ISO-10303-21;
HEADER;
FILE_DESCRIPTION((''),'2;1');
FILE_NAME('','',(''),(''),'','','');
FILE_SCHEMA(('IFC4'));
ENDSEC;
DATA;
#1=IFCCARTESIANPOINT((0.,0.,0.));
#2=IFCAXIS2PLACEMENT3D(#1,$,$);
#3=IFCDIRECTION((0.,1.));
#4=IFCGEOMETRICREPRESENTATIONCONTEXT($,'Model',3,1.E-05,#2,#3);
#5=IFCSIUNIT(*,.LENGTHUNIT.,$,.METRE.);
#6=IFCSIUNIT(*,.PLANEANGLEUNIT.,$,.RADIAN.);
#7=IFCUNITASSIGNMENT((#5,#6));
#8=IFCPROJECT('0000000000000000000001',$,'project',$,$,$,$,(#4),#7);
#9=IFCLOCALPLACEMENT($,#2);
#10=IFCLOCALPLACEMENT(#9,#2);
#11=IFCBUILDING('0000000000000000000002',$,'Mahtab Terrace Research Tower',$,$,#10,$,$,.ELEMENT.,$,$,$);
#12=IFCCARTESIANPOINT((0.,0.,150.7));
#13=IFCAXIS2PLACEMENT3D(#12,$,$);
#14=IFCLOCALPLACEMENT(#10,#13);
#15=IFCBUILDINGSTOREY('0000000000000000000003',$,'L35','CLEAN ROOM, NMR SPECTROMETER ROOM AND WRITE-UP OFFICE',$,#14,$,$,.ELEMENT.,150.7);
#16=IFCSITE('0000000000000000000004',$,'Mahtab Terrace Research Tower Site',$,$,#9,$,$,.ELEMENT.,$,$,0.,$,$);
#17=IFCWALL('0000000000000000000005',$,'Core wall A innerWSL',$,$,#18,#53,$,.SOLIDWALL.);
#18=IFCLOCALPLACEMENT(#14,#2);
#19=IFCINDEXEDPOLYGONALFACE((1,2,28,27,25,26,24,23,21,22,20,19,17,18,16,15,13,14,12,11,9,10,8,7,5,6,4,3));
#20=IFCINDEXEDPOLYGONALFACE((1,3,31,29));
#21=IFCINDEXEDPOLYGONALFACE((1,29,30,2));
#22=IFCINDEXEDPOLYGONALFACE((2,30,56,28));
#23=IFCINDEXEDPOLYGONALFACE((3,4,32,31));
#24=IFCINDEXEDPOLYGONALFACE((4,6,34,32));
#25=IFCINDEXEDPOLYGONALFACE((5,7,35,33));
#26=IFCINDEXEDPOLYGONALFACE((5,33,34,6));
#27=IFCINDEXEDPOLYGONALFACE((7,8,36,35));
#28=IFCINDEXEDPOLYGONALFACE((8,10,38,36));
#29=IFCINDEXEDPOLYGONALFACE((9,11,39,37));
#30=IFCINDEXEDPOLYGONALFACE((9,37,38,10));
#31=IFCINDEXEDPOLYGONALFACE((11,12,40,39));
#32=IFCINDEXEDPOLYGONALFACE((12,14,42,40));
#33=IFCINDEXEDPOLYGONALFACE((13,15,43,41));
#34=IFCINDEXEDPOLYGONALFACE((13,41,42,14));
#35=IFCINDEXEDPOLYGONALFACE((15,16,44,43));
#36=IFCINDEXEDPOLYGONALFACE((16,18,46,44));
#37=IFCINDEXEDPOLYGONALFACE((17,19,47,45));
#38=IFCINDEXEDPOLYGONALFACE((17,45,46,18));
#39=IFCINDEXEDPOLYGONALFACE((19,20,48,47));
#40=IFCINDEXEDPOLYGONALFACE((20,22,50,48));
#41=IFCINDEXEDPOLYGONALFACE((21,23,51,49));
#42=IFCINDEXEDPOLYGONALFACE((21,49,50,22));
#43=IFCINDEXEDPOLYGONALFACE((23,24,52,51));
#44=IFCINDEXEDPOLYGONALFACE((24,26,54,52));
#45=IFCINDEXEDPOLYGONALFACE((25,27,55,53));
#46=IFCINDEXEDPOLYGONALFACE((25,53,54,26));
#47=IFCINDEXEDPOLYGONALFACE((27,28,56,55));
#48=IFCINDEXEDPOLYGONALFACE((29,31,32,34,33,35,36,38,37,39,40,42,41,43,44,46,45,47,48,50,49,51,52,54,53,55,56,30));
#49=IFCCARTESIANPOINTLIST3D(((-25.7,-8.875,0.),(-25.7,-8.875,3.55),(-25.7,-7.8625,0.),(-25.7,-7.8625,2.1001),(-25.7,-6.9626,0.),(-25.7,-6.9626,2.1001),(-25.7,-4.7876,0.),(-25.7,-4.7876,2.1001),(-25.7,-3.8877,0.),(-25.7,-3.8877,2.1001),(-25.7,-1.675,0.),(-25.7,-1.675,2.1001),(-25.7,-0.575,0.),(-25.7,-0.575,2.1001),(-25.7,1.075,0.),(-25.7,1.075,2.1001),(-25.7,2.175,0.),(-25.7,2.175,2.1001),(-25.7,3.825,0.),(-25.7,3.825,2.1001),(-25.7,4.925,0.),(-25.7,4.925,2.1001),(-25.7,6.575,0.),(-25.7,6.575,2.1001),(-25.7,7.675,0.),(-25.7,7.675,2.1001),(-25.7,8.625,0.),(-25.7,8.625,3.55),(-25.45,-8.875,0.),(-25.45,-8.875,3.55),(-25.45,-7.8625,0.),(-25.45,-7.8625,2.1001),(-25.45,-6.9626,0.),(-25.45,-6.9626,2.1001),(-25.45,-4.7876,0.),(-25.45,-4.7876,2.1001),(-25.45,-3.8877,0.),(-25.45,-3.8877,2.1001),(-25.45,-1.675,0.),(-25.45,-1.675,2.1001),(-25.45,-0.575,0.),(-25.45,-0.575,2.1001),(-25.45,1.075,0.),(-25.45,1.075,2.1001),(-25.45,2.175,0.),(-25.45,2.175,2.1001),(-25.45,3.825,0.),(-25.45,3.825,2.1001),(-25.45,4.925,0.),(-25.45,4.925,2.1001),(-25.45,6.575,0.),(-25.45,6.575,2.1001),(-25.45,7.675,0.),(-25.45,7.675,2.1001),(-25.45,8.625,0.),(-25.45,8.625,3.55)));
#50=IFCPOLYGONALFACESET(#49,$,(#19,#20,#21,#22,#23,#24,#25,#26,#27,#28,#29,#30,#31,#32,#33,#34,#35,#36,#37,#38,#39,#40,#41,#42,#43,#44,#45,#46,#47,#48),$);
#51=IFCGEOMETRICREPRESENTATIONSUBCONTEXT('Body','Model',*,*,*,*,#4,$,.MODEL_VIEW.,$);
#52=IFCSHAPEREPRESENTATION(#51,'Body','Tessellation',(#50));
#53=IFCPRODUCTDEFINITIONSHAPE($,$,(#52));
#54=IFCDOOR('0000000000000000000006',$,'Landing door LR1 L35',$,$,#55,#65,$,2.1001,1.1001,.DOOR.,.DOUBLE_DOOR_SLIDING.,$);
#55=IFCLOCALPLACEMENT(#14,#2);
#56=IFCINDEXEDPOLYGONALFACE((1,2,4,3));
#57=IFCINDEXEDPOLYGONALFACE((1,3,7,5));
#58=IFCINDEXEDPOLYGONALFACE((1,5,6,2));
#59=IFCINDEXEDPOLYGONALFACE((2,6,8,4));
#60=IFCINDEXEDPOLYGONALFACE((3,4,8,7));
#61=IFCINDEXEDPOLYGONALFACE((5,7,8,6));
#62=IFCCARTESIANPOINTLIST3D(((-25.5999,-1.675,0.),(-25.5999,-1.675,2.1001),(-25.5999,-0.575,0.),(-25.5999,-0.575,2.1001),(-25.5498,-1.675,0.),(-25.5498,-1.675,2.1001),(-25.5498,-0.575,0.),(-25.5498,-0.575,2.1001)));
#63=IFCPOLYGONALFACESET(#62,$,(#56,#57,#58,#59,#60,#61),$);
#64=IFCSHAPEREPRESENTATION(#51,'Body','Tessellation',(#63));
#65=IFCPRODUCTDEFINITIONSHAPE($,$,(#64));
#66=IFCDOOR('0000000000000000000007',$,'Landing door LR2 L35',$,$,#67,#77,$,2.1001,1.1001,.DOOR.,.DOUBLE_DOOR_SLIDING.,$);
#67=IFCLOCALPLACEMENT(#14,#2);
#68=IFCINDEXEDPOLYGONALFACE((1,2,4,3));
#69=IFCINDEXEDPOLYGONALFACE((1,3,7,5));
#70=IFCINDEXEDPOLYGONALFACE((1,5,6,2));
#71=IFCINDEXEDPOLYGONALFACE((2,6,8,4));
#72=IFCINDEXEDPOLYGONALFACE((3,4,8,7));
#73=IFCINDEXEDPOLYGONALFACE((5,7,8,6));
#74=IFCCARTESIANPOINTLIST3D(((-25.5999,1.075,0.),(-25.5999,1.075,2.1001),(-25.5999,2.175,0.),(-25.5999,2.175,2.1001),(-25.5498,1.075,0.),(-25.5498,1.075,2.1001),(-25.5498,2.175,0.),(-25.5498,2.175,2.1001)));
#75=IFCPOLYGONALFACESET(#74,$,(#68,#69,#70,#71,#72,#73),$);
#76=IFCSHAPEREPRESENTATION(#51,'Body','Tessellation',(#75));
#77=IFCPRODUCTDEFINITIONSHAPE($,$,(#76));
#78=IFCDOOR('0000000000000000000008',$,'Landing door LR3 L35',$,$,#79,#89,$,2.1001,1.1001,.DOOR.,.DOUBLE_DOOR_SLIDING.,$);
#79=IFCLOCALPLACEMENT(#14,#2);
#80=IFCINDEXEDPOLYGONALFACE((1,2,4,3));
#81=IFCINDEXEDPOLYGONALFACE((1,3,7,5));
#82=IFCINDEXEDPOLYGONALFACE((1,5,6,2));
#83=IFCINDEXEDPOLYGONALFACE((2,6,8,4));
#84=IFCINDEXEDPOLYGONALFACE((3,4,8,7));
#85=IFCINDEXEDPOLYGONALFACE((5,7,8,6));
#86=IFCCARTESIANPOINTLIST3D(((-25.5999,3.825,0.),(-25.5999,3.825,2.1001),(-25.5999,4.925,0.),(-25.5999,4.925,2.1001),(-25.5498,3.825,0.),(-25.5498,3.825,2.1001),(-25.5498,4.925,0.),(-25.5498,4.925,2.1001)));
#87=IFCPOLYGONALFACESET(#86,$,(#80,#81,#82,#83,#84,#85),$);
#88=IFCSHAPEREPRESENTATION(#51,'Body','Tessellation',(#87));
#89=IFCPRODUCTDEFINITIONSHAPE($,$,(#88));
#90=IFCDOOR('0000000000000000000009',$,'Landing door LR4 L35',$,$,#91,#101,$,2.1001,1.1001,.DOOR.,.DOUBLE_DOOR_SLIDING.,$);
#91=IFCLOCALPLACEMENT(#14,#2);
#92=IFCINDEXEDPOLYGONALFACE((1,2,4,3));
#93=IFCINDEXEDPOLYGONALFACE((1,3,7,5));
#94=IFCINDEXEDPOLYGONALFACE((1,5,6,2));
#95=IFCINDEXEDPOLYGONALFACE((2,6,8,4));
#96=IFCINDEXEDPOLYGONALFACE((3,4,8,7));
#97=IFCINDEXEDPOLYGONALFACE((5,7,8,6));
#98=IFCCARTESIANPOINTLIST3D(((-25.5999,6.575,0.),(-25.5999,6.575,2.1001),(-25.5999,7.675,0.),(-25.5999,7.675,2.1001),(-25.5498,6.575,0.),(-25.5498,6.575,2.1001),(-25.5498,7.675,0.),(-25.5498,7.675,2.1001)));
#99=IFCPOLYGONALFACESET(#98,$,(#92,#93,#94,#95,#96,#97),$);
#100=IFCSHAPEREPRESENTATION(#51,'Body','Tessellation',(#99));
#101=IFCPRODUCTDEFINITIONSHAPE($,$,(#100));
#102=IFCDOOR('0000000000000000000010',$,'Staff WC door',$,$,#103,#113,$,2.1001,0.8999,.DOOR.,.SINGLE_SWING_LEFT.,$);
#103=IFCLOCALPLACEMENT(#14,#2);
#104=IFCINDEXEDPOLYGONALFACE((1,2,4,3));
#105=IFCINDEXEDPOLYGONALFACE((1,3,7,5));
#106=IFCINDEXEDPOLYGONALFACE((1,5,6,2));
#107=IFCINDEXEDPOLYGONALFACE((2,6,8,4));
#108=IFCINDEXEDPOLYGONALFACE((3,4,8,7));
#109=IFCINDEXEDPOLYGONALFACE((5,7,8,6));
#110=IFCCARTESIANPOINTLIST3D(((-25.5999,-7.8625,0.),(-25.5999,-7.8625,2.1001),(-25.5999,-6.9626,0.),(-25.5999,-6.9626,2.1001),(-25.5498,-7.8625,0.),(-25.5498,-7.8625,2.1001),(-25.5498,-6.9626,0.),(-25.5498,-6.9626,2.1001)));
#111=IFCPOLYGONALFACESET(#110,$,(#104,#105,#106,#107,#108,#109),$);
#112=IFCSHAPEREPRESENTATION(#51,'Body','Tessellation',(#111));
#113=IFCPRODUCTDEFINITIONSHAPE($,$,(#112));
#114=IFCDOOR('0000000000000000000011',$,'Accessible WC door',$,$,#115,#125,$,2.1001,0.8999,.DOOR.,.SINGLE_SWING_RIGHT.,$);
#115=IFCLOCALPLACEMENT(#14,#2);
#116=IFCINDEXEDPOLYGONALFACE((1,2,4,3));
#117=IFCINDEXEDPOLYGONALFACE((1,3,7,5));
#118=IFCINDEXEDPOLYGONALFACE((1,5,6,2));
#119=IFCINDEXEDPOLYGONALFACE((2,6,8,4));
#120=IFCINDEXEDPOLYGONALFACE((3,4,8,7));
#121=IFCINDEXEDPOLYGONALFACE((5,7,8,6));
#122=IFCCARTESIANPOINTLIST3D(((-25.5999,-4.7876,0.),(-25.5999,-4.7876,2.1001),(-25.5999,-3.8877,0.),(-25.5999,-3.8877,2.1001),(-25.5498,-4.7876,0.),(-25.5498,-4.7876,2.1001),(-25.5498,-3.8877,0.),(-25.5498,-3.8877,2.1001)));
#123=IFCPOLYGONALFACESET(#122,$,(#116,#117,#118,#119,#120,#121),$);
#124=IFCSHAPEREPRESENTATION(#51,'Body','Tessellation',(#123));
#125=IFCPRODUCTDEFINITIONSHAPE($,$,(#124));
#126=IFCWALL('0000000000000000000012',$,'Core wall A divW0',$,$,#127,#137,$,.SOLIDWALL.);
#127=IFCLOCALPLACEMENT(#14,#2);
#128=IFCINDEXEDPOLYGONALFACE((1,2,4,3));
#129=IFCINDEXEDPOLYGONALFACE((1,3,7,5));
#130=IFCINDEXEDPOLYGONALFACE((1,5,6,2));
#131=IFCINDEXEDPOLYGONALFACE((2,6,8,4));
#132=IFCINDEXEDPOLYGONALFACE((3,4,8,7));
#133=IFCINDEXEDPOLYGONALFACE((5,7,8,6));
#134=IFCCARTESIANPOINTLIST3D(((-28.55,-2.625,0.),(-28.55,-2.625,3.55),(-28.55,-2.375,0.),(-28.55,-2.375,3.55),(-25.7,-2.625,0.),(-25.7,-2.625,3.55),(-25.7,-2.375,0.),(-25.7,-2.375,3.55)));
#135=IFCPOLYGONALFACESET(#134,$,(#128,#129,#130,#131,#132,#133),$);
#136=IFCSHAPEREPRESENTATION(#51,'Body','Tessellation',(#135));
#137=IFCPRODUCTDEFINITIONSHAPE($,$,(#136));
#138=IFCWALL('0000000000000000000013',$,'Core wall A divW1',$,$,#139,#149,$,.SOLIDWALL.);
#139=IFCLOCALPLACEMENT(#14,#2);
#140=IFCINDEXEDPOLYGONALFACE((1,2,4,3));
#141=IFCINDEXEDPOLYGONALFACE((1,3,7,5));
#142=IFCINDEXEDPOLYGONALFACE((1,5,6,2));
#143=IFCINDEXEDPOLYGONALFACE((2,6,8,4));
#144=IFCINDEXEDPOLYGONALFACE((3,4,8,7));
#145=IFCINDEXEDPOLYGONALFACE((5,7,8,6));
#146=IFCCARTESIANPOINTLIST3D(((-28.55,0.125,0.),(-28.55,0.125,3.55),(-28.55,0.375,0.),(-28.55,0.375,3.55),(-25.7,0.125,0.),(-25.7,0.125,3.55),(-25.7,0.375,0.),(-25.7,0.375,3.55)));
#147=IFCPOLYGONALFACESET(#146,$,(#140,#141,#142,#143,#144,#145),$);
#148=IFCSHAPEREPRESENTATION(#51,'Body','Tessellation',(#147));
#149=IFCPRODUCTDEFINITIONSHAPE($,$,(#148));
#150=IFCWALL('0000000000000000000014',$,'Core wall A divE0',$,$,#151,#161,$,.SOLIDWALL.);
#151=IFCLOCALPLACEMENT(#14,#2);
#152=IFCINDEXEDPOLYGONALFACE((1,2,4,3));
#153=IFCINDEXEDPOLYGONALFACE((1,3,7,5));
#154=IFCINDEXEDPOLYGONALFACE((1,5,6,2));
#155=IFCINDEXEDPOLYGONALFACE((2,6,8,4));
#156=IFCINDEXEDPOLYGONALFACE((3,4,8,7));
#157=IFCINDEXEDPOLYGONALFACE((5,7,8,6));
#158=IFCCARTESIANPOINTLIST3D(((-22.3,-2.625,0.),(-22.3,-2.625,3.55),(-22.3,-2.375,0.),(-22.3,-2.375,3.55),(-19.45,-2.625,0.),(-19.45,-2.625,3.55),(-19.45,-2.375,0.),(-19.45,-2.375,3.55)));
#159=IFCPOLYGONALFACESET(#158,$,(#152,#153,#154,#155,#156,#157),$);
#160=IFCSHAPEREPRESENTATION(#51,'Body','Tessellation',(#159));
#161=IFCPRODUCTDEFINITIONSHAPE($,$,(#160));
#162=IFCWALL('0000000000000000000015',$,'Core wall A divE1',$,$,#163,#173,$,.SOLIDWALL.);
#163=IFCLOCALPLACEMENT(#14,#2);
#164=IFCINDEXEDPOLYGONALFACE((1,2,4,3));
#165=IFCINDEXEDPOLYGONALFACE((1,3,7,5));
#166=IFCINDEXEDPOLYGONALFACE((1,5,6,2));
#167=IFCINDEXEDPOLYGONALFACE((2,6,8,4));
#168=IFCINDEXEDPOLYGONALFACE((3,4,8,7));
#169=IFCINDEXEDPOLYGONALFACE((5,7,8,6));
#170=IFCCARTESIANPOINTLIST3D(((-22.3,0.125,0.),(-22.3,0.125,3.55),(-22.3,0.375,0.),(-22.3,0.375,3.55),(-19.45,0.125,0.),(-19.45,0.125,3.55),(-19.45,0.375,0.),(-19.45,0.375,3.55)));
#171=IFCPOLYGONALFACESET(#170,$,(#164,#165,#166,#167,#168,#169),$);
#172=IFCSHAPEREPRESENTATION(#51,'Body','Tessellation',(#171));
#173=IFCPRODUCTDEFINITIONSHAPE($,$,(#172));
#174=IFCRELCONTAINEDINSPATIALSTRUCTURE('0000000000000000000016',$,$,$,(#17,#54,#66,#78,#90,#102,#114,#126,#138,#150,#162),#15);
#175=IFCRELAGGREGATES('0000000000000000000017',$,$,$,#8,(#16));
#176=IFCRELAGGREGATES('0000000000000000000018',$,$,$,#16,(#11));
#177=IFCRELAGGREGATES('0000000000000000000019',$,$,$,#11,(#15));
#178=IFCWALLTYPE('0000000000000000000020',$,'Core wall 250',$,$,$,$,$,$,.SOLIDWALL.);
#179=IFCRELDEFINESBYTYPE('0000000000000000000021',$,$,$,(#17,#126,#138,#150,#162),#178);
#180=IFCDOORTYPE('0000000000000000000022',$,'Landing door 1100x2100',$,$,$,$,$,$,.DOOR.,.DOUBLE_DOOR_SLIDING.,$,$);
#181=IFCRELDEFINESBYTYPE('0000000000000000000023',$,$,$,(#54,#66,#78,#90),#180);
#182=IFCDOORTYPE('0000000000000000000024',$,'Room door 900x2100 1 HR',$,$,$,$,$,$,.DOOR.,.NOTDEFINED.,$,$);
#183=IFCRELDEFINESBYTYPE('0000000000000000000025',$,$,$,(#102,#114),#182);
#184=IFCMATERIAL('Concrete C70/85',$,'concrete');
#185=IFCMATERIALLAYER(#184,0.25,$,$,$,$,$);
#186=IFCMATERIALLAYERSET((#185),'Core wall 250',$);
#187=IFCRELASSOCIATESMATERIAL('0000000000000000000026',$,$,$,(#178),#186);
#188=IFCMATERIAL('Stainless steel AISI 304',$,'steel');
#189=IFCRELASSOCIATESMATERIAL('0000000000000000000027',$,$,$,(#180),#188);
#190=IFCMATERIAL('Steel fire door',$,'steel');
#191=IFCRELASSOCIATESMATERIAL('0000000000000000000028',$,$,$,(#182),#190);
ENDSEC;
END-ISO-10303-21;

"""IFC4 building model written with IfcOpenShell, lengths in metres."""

from ifc_helpers import new_model, si_unit, direction, frame, frame_2d, origin, place, context, subcontext, project, spatial, rectangle, extrude, material, layer, layer_set, type_object, element, fill, save


model = new_model("IFC4")

# Units and contexts
model_context = context("Model", 3, precision=1e-05, world=origin(), true_north=direction((0.0, 1.0)))
body_context = subcontext(model_context, "Body", "Model", "MODEL_VIEW")
ifc_project = project(units=[si_unit("LENGTHUNIT", "METRE"), si_unit("PLANEANGLEUNIT", "RADIAN")], contexts=[model_context])

# Site, building, storey
site_placement = place(None, origin())
site = spatial("IfcSite", under=ifc_project, at=site_placement, Name="Mahtab Terrace Research Tower Site", CompositionType="ELEMENT", RefElevation=0.0)
building_placement = place(site_placement, origin())
building = spatial("IfcBuilding", under=site, at=building_placement, Name="Mahtab Terrace Research Tower", CompositionType="ELEMENT")
storey_placement = place(building_placement, frame((0.0, 0.0, 150.7)))
storey = spatial("IfcBuildingStorey", under=building, at=storey_placement, Name="L35", Description="CLEAN ROOM, NMR SPECTROMETER ROOM AND WRITE-UP OFFICE", CompositionType="ELEMENT", Elevation=150.7)

# Shared definitions
ifc_material_1 = material(Name="Concrete C70/85", Category="concrete")
ifc_layer_1 = layer(ifc_material_1, 0.25)
ifc_layer_set_1 = layer_set([ifc_layer_1], Name="Core wall 250")
wall_type_1 = type_object("IfcWallType", Name="Core wall 250", PredefinedType="SOLIDWALL", material=ifc_layer_set_1)

# Shared definitions
ifc_material_2 = material(Name="Steel fire door", Category="steel")

# Wall, openings, doors
wall_1_placement = place(storey_placement, frame((-25.575, -8.875, 0.0), z_axis=(0.0, 0.0, 1.0), x_axis=(0.0, 1.0, 0.0)))
wall_1 = element("IfcWall", 1, at=wall_1_placement, inside=storey, type_object=wall_type_1, Name="Core wall A innerWSL", PredefinedType="SOLIDWALL", context=body_context, shape_type="SweptSolid", body=[
    extrude(rectangle(XDim=17.5, YDim=0.25, at=frame_2d((8.75, 0.0))), origin(), (0.0, 0.0, 1.0), 3.55),
])
opening_1_placement = place(wall_1_placement, frame((7.2, 0.0, 0.0)))
opening_1 = element("IfcOpeningElement", 2, at=opening_1_placement, cuts=wall_1, PredefinedType="OPENING", context=body_context, shape_type="SweptSolid", body=[
    extrude(rectangle(XDim=1.1001, YDim=2.1001, at=frame_2d((0.55, 1.05))), frame((0.0, 0.135, 0.0), z_axis=(0.0, -1.0, 0.0), x_axis=(1.0, 0.0, 0.0)), (0.0, 0.0, 1.0), 0.27),
])
opening_2_placement = place(wall_1_placement, frame((9.95, 0.0, 0.0)))
opening_2 = element("IfcOpeningElement", 3, at=opening_2_placement, cuts=wall_1, PredefinedType="OPENING", context=body_context, shape_type="SweptSolid", body=[
    extrude(rectangle(XDim=1.1001, YDim=2.1001, at=frame_2d((0.55, 1.05))), frame((0.0, 0.135, 0.0), z_axis=(0.0, -1.0, 0.0), x_axis=(1.0, 0.0, 0.0)), (0.0, 0.0, 1.0), 0.27),
])
opening_3_placement = place(wall_1_placement, frame((12.7, 0.0, 0.0)))
opening_3 = element("IfcOpeningElement", 4, at=opening_3_placement, cuts=wall_1, PredefinedType="OPENING", context=body_context, shape_type="SweptSolid", body=[
    extrude(rectangle(XDim=1.1001, YDim=2.1001, at=frame_2d((0.55, 1.05))), frame((0.0, 0.135, 0.0), z_axis=(0.0, -1.0, 0.0), x_axis=(1.0, 0.0, 0.0)), (0.0, 0.0, 1.0), 0.27),
])
opening_4_placement = place(wall_1_placement, frame((15.45, 0.0, 0.0)))
opening_4 = element("IfcOpeningElement", 5, at=opening_4_placement, cuts=wall_1, PredefinedType="OPENING", context=body_context, shape_type="SweptSolid", body=[
    extrude(rectangle(XDim=1.1001, YDim=2.1001, at=frame_2d((0.55, 1.05))), frame((0.0, 0.135, 0.0), z_axis=(0.0, -1.0, 0.0), x_axis=(1.0, 0.0, 0.0)), (0.0, 0.0, 1.0), 0.27),
])
opening_5_placement = place(wall_1_placement, frame((1.0125, 0.0, 0.0)))
opening_5 = element("IfcOpeningElement", 6, at=opening_5_placement, cuts=wall_1, PredefinedType="OPENING", context=body_context, shape_type="SweptSolid", body=[
    extrude(rectangle(XDim=0.8999, YDim=2.1001, at=frame_2d((0.45, 1.05))), frame((0.0, 0.135, 0.0), z_axis=(0.0, -1.0, 0.0), x_axis=(1.0, 0.0, 0.0)), (0.0, 0.0, 1.0), 0.27),
])
opening_6_placement = place(wall_1_placement, frame((4.0874, 0.0, 0.0)))
opening_6 = element("IfcOpeningElement", 7, at=opening_6_placement, cuts=wall_1, PredefinedType="OPENING", context=body_context, shape_type="SweptSolid", body=[
    extrude(rectangle(XDim=0.8999, YDim=2.1001, at=frame_2d((0.45, 1.05))), frame((0.0, 0.135, 0.0), z_axis=(0.0, -1.0, 0.0), x_axis=(1.0, 0.0, 0.0)), (0.0, 0.0, 1.0), 0.27),
])
ifc_material_3 = material(Name="Stainless steel AISI 304", Category="steel")
door_type_1 = type_object("IfcDoorType", Name="Landing door 1100x2100", OperationType="DOUBLE_DOOR_SLIDING", PredefinedType="DOOR", material=ifc_material_3)
door_1_placement = place(opening_1_placement, origin())
door_1 = element("IfcDoor", 8, at=door_1_placement, inside=storey, type_object=door_type_1, Name="Landing door LR1 L35", OperationType="DOUBLE_DOOR_SLIDING", OverallHeight=2.1001, OverallWidth=1.1001, PredefinedType="DOOR", context=body_context, shape_type="SweptSolid", body=[
    extrude(rectangle(XDim=1.1001, YDim=2.1001, at=frame_2d((0.55, 1.05))), frame((0.0, 0.0249, 0.0), z_axis=(0.0, -1.0, 0.0), x_axis=(1.0, 0.0, 0.0)), (0.0, 0.0, 1.0), 0.05),
])
fill(opening_1, door_1)
door_2_placement = place(opening_2_placement, origin())
door_2 = element("IfcDoor", 9, at=door_2_placement, inside=storey, type_object=door_type_1, Name="Landing door LR2 L35", OperationType="DOUBLE_DOOR_SLIDING", OverallHeight=2.1001, OverallWidth=1.1001, PredefinedType="DOOR", context=body_context, shape_type="SweptSolid", body=[
    extrude(rectangle(XDim=1.1001, YDim=2.1001, at=frame_2d((0.55, 1.05))), frame((0.0, 0.0249, 0.0), z_axis=(0.0, -1.0, 0.0), x_axis=(1.0, 0.0, 0.0)), (0.0, 0.0, 1.0), 0.05),
])
fill(opening_2, door_2)
door_3_placement = place(opening_3_placement, origin())
door_3 = element("IfcDoor", 10, at=door_3_placement, inside=storey, type_object=door_type_1, Name="Landing door LR3 L35", OperationType="DOUBLE_DOOR_SLIDING", OverallHeight=2.1001, OverallWidth=1.1001, PredefinedType="DOOR", context=body_context, shape_type="SweptSolid", body=[
    extrude(rectangle(XDim=1.1001, YDim=2.1001, at=frame_2d((0.55, 1.05))), frame((0.0, 0.0249, 0.0), z_axis=(0.0, -1.0, 0.0), x_axis=(1.0, 0.0, 0.0)), (0.0, 0.0, 1.0), 0.05),
])
fill(opening_3, door_3)
door_4_placement = place(opening_4_placement, origin())
door_4 = element("IfcDoor", 11, at=door_4_placement, inside=storey, type_object=door_type_1, Name="Landing door LR4 L35", OperationType="DOUBLE_DOOR_SLIDING", OverallHeight=2.1001, OverallWidth=1.1001, PredefinedType="DOOR", context=body_context, shape_type="SweptSolid", body=[
    extrude(rectangle(XDim=1.1001, YDim=2.1001, at=frame_2d((0.55, 1.05))), frame((0.0, 0.0249, 0.0), z_axis=(0.0, -1.0, 0.0), x_axis=(1.0, 0.0, 0.0)), (0.0, 0.0, 1.0), 0.05),
])
fill(opening_4, door_4)
door_type_2 = type_object("IfcDoorType", Name="Room door 900x2100 1 HR", OperationType="NOTDEFINED", PredefinedType="DOOR", material=ifc_material_2)
door_5_placement = place(opening_5_placement, origin())
door_5 = element("IfcDoor", 12, at=door_5_placement, inside=storey, type_object=door_type_2, Name="Staff WC door", OperationType="SINGLE_SWING_LEFT", OverallHeight=2.1001, OverallWidth=0.8999, PredefinedType="DOOR", context=body_context, shape_type="SweptSolid", body=[
    extrude(rectangle(XDim=0.8999, YDim=2.1001, at=frame_2d((0.45, 1.05))), frame((0.0, 0.0249, 0.0), z_axis=(0.0, -1.0, 0.0), x_axis=(1.0, 0.0, 0.0)), (0.0, 0.0, 1.0), 0.05),
])
fill(opening_5, door_5)
door_6_placement = place(opening_6_placement, origin())
door_6 = element("IfcDoor", 13, at=door_6_placement, inside=storey, type_object=door_type_2, Name="Accessible WC door", OperationType="SINGLE_SWING_RIGHT", OverallHeight=2.1001, OverallWidth=0.8999, PredefinedType="DOOR", context=body_context, shape_type="SweptSolid", body=[
    extrude(rectangle(XDim=0.8999, YDim=2.1001, at=frame_2d((0.45, 1.05))), frame((0.0, 0.0249, 0.0), z_axis=(0.0, -1.0, 0.0), x_axis=(1.0, 0.0, 0.0)), (0.0, 0.0, 1.0), 0.05),
])
fill(opening_6, door_6)

# Walls
for number, where, z_axis, x_axis, name in (
    (14, (-28.55, -2.5, 0.0), (0.0, 0.0, 1.0), (1.0, 0.0, 0.0), "Core wall A divW0"),
    (15, (-28.55, 0.25, 0.0), (0.0, 0.0, 1.0), (1.0, 0.0, 0.0), "Core wall A divW1"),
    (16, (-22.3, -2.5, 0.0), (0.0, 0.0, 1.0), (1.0, 0.0, 0.0), "Core wall A divE0"),
    (17, (-22.3, 0.25, 0.0), (0.0, 0.0, 1.0), (1.0, 0.0, 0.0), "Core wall A divE1"),
):
    element("IfcWall", number, at=place(storey_placement, frame(where, z_axis=z_axis, x_axis=x_axis)), inside=storey, type_object=wall_type_1, Name=name, PredefinedType="SOLIDWALL", context=body_context, shape_type="SweptSolid", body=[
        extrude(rectangle(XDim=2.8501, YDim=0.25, at=frame_2d((1.425, 0.0))), origin(), (0.0, 0.0, 1.0), 3.55),
    ])

save(model, "model.ifc")
